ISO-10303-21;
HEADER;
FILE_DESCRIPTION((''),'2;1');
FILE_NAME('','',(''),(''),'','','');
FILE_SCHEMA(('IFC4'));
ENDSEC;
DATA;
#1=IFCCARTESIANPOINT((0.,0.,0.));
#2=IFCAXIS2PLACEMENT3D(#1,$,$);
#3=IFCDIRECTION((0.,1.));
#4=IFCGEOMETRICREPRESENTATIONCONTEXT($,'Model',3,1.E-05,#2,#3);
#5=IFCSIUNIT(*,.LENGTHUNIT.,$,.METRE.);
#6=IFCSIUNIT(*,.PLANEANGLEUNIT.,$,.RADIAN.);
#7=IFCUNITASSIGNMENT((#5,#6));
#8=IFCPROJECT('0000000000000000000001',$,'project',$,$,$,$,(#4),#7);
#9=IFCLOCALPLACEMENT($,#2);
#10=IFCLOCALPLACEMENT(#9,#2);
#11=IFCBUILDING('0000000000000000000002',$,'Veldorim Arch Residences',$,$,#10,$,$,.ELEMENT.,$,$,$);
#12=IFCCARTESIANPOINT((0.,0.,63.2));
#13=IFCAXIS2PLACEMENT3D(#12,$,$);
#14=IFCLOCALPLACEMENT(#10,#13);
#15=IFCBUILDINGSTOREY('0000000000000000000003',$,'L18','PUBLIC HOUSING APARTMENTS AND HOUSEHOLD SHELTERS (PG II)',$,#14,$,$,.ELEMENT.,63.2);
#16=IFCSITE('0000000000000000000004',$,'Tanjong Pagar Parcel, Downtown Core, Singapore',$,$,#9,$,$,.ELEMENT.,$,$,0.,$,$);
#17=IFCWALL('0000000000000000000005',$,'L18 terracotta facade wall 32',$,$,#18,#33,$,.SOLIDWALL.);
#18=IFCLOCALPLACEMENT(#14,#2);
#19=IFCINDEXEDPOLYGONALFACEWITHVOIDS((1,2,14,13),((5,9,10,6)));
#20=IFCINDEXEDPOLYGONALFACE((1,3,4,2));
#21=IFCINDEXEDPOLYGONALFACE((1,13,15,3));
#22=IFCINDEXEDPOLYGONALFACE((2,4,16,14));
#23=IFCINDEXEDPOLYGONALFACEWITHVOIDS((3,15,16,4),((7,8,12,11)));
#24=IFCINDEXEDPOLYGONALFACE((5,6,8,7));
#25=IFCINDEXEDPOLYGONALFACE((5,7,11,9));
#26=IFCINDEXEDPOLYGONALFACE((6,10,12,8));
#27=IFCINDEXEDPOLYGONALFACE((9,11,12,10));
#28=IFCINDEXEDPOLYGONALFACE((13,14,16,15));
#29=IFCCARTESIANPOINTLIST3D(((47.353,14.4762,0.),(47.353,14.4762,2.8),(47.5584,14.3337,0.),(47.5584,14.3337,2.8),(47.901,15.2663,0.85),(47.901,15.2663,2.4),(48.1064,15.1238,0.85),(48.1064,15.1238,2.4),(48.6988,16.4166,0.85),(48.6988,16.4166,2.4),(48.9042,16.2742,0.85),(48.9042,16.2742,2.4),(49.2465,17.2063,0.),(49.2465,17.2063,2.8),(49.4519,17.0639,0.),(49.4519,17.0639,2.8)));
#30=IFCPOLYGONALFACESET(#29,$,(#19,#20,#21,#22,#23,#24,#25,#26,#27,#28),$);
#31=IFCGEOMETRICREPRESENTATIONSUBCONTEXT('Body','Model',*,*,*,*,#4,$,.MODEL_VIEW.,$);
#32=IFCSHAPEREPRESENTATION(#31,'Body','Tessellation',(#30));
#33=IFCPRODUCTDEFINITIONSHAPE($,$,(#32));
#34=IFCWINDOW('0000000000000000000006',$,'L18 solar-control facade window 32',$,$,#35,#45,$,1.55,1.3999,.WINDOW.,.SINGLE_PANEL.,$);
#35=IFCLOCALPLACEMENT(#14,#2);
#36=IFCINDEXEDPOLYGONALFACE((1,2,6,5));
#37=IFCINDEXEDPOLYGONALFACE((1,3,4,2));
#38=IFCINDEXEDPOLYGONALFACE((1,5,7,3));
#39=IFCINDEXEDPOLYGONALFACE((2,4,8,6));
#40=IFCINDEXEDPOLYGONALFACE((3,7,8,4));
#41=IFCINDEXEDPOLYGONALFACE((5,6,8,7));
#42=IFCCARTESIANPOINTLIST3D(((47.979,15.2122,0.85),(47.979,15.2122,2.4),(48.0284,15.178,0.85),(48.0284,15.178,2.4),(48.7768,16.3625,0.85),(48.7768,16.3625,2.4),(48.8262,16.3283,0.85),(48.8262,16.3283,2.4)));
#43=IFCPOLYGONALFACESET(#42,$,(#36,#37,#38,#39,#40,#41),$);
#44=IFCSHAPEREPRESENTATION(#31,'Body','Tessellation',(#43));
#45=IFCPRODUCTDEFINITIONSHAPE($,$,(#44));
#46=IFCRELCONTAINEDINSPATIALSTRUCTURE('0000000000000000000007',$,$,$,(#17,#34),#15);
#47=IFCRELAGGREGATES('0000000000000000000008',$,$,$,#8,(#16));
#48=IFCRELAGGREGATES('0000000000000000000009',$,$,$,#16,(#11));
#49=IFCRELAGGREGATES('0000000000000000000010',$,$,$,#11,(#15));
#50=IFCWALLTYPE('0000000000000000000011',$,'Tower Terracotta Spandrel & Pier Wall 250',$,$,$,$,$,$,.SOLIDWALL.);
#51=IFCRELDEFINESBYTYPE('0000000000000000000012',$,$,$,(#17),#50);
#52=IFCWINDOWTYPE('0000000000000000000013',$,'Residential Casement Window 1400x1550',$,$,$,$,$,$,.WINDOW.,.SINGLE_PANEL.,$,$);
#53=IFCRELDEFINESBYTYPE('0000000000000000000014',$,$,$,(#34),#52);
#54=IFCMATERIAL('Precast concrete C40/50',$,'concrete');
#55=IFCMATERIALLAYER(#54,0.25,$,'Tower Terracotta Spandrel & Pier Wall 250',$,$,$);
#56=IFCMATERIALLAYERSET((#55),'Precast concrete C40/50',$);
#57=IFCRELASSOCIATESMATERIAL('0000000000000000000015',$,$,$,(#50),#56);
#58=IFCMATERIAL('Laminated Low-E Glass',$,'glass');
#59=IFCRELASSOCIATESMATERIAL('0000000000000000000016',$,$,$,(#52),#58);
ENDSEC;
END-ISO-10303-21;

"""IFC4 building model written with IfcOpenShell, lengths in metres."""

from ifc_helpers import new_model, si_unit, direction, frame, frame_2d, origin, place, context, subcontext, project, spatial, rectangle, extrude, material, layer, layer_set, type_object, element, fill, save


model = new_model("IFC4")

# Units and contexts
model_context = context("Model", 3, precision=1e-05, world=origin(), true_north=direction((0.0, 1.0)))
body_context = subcontext(model_context, "Body", "Model", "MODEL_VIEW")
ifc_project = project(units=[si_unit("LENGTHUNIT", "METRE"), si_unit("PLANEANGLEUNIT", "RADIAN")], contexts=[model_context])

# Site, building, storey
site_placement = place(None, origin())
site = spatial("IfcSite", under=ifc_project, at=site_placement, Name="Tanjong Pagar Parcel, Downtown Core, Singapore", CompositionType="ELEMENT", RefElevation=0.0)
building_placement = place(site_placement, origin())
building = spatial("IfcBuilding", under=site, at=building_placement, Name="Veldorim Arch Residences", CompositionType="ELEMENT")
storey_placement = place(building_placement, frame((0.0, 0.0, 63.2)))
storey = spatial("IfcBuildingStorey", under=building, at=storey_placement, Name="L18", Description="PUBLIC HOUSING APARTMENTS AND HOUSEHOLD SHELTERS (PG II)", CompositionType="ELEMENT", Elevation=63.2)

# Shared definitions
ifc_material_1 = material(Name="Precast concrete C40/50", Category="concrete")
ifc_layer_1 = layer(ifc_material_1, 0.25, Name="Tower Terracotta Spandrel & Pier Wall 250")
ifc_layer_set_1 = layer_set([ifc_layer_1], Name="Precast concrete C40/50")
wall_type_1 = type_object("IfcWallType", Name="Tower Terracotta Spandrel & Pier Wall 250", PredefinedType="SOLIDWALL", material=ifc_layer_set_1)

# Shared definitions
ifc_material_2 = material(Name="Laminated Low-E Glass", Category="glass")
window_type = type_object("IfcWindowType", Name="Residential Casement Window 1400x1550", PartitioningType="SINGLE_PANEL", PredefinedType="WINDOW", material=ifc_material_2)

# Wall, opening, window
wall_1_placement = place(storey_placement, frame((49.3491, 17.135, 0.0), z_axis=(0.0, 0.0, 1.0), x_axis=(-0.569901, -0.821713, 0.0)))
wall_1 = element("IfcWall", 1, at=wall_1_placement, inside=storey, type_object=wall_type_1, Name="L18 terracotta facade wall 32", PredefinedType="SOLIDWALL", context=body_context, shape_type="SweptSolid", body=[
    extrude(rectangle(XDim=3.3225, YDim=0.25, at=frame_2d((1.6611, 0.0))), origin(), (0.0, 0.0, 1.0), 2.8),
])
opening_1_placement = place(wall_1_placement, frame((0.9609, 0.0, 0.8501)))
opening_1 = element("IfcOpeningElement", 2, at=opening_1_placement, cuts=wall_1, PredefinedType="OPENING", context=body_context, shape_type="SweptSolid", body=[
    extrude(rectangle(XDim=1.3999, YDim=1.55, at=frame_2d((0.7, 0.7749))), frame((0.0, 0.135, 0.0), z_axis=(0.0, -1.0, 0.0), x_axis=(1.0, 0.0, 0.0)), (0.0, 0.0, 1.0), 0.27),
])
window_1_placement = place(opening_1_placement, origin())
window_1 = element("IfcWindow", 3, at=window_1_placement, inside=storey, type_object=window_type, Name="L18 solar-control facade window 32", OverallHeight=1.55, OverallWidth=1.3999, PartitioningType="SINGLE_PANEL", PredefinedType="WINDOW", context=body_context, shape_type="SweptSolid", body=[
    extrude(rectangle(XDim=1.3999, YDim=1.55, at=frame_2d((0.7, 0.7749))), frame((0.0, 0.03, 0.0), z_axis=(0.0, -1.0, 0.0), x_axis=(1.0, 0.0, 0.0)), (0.0, 0.0, 1.0), 0.0601),
])
fill(opening_1, window_1)

save(model, "model.ifc")
